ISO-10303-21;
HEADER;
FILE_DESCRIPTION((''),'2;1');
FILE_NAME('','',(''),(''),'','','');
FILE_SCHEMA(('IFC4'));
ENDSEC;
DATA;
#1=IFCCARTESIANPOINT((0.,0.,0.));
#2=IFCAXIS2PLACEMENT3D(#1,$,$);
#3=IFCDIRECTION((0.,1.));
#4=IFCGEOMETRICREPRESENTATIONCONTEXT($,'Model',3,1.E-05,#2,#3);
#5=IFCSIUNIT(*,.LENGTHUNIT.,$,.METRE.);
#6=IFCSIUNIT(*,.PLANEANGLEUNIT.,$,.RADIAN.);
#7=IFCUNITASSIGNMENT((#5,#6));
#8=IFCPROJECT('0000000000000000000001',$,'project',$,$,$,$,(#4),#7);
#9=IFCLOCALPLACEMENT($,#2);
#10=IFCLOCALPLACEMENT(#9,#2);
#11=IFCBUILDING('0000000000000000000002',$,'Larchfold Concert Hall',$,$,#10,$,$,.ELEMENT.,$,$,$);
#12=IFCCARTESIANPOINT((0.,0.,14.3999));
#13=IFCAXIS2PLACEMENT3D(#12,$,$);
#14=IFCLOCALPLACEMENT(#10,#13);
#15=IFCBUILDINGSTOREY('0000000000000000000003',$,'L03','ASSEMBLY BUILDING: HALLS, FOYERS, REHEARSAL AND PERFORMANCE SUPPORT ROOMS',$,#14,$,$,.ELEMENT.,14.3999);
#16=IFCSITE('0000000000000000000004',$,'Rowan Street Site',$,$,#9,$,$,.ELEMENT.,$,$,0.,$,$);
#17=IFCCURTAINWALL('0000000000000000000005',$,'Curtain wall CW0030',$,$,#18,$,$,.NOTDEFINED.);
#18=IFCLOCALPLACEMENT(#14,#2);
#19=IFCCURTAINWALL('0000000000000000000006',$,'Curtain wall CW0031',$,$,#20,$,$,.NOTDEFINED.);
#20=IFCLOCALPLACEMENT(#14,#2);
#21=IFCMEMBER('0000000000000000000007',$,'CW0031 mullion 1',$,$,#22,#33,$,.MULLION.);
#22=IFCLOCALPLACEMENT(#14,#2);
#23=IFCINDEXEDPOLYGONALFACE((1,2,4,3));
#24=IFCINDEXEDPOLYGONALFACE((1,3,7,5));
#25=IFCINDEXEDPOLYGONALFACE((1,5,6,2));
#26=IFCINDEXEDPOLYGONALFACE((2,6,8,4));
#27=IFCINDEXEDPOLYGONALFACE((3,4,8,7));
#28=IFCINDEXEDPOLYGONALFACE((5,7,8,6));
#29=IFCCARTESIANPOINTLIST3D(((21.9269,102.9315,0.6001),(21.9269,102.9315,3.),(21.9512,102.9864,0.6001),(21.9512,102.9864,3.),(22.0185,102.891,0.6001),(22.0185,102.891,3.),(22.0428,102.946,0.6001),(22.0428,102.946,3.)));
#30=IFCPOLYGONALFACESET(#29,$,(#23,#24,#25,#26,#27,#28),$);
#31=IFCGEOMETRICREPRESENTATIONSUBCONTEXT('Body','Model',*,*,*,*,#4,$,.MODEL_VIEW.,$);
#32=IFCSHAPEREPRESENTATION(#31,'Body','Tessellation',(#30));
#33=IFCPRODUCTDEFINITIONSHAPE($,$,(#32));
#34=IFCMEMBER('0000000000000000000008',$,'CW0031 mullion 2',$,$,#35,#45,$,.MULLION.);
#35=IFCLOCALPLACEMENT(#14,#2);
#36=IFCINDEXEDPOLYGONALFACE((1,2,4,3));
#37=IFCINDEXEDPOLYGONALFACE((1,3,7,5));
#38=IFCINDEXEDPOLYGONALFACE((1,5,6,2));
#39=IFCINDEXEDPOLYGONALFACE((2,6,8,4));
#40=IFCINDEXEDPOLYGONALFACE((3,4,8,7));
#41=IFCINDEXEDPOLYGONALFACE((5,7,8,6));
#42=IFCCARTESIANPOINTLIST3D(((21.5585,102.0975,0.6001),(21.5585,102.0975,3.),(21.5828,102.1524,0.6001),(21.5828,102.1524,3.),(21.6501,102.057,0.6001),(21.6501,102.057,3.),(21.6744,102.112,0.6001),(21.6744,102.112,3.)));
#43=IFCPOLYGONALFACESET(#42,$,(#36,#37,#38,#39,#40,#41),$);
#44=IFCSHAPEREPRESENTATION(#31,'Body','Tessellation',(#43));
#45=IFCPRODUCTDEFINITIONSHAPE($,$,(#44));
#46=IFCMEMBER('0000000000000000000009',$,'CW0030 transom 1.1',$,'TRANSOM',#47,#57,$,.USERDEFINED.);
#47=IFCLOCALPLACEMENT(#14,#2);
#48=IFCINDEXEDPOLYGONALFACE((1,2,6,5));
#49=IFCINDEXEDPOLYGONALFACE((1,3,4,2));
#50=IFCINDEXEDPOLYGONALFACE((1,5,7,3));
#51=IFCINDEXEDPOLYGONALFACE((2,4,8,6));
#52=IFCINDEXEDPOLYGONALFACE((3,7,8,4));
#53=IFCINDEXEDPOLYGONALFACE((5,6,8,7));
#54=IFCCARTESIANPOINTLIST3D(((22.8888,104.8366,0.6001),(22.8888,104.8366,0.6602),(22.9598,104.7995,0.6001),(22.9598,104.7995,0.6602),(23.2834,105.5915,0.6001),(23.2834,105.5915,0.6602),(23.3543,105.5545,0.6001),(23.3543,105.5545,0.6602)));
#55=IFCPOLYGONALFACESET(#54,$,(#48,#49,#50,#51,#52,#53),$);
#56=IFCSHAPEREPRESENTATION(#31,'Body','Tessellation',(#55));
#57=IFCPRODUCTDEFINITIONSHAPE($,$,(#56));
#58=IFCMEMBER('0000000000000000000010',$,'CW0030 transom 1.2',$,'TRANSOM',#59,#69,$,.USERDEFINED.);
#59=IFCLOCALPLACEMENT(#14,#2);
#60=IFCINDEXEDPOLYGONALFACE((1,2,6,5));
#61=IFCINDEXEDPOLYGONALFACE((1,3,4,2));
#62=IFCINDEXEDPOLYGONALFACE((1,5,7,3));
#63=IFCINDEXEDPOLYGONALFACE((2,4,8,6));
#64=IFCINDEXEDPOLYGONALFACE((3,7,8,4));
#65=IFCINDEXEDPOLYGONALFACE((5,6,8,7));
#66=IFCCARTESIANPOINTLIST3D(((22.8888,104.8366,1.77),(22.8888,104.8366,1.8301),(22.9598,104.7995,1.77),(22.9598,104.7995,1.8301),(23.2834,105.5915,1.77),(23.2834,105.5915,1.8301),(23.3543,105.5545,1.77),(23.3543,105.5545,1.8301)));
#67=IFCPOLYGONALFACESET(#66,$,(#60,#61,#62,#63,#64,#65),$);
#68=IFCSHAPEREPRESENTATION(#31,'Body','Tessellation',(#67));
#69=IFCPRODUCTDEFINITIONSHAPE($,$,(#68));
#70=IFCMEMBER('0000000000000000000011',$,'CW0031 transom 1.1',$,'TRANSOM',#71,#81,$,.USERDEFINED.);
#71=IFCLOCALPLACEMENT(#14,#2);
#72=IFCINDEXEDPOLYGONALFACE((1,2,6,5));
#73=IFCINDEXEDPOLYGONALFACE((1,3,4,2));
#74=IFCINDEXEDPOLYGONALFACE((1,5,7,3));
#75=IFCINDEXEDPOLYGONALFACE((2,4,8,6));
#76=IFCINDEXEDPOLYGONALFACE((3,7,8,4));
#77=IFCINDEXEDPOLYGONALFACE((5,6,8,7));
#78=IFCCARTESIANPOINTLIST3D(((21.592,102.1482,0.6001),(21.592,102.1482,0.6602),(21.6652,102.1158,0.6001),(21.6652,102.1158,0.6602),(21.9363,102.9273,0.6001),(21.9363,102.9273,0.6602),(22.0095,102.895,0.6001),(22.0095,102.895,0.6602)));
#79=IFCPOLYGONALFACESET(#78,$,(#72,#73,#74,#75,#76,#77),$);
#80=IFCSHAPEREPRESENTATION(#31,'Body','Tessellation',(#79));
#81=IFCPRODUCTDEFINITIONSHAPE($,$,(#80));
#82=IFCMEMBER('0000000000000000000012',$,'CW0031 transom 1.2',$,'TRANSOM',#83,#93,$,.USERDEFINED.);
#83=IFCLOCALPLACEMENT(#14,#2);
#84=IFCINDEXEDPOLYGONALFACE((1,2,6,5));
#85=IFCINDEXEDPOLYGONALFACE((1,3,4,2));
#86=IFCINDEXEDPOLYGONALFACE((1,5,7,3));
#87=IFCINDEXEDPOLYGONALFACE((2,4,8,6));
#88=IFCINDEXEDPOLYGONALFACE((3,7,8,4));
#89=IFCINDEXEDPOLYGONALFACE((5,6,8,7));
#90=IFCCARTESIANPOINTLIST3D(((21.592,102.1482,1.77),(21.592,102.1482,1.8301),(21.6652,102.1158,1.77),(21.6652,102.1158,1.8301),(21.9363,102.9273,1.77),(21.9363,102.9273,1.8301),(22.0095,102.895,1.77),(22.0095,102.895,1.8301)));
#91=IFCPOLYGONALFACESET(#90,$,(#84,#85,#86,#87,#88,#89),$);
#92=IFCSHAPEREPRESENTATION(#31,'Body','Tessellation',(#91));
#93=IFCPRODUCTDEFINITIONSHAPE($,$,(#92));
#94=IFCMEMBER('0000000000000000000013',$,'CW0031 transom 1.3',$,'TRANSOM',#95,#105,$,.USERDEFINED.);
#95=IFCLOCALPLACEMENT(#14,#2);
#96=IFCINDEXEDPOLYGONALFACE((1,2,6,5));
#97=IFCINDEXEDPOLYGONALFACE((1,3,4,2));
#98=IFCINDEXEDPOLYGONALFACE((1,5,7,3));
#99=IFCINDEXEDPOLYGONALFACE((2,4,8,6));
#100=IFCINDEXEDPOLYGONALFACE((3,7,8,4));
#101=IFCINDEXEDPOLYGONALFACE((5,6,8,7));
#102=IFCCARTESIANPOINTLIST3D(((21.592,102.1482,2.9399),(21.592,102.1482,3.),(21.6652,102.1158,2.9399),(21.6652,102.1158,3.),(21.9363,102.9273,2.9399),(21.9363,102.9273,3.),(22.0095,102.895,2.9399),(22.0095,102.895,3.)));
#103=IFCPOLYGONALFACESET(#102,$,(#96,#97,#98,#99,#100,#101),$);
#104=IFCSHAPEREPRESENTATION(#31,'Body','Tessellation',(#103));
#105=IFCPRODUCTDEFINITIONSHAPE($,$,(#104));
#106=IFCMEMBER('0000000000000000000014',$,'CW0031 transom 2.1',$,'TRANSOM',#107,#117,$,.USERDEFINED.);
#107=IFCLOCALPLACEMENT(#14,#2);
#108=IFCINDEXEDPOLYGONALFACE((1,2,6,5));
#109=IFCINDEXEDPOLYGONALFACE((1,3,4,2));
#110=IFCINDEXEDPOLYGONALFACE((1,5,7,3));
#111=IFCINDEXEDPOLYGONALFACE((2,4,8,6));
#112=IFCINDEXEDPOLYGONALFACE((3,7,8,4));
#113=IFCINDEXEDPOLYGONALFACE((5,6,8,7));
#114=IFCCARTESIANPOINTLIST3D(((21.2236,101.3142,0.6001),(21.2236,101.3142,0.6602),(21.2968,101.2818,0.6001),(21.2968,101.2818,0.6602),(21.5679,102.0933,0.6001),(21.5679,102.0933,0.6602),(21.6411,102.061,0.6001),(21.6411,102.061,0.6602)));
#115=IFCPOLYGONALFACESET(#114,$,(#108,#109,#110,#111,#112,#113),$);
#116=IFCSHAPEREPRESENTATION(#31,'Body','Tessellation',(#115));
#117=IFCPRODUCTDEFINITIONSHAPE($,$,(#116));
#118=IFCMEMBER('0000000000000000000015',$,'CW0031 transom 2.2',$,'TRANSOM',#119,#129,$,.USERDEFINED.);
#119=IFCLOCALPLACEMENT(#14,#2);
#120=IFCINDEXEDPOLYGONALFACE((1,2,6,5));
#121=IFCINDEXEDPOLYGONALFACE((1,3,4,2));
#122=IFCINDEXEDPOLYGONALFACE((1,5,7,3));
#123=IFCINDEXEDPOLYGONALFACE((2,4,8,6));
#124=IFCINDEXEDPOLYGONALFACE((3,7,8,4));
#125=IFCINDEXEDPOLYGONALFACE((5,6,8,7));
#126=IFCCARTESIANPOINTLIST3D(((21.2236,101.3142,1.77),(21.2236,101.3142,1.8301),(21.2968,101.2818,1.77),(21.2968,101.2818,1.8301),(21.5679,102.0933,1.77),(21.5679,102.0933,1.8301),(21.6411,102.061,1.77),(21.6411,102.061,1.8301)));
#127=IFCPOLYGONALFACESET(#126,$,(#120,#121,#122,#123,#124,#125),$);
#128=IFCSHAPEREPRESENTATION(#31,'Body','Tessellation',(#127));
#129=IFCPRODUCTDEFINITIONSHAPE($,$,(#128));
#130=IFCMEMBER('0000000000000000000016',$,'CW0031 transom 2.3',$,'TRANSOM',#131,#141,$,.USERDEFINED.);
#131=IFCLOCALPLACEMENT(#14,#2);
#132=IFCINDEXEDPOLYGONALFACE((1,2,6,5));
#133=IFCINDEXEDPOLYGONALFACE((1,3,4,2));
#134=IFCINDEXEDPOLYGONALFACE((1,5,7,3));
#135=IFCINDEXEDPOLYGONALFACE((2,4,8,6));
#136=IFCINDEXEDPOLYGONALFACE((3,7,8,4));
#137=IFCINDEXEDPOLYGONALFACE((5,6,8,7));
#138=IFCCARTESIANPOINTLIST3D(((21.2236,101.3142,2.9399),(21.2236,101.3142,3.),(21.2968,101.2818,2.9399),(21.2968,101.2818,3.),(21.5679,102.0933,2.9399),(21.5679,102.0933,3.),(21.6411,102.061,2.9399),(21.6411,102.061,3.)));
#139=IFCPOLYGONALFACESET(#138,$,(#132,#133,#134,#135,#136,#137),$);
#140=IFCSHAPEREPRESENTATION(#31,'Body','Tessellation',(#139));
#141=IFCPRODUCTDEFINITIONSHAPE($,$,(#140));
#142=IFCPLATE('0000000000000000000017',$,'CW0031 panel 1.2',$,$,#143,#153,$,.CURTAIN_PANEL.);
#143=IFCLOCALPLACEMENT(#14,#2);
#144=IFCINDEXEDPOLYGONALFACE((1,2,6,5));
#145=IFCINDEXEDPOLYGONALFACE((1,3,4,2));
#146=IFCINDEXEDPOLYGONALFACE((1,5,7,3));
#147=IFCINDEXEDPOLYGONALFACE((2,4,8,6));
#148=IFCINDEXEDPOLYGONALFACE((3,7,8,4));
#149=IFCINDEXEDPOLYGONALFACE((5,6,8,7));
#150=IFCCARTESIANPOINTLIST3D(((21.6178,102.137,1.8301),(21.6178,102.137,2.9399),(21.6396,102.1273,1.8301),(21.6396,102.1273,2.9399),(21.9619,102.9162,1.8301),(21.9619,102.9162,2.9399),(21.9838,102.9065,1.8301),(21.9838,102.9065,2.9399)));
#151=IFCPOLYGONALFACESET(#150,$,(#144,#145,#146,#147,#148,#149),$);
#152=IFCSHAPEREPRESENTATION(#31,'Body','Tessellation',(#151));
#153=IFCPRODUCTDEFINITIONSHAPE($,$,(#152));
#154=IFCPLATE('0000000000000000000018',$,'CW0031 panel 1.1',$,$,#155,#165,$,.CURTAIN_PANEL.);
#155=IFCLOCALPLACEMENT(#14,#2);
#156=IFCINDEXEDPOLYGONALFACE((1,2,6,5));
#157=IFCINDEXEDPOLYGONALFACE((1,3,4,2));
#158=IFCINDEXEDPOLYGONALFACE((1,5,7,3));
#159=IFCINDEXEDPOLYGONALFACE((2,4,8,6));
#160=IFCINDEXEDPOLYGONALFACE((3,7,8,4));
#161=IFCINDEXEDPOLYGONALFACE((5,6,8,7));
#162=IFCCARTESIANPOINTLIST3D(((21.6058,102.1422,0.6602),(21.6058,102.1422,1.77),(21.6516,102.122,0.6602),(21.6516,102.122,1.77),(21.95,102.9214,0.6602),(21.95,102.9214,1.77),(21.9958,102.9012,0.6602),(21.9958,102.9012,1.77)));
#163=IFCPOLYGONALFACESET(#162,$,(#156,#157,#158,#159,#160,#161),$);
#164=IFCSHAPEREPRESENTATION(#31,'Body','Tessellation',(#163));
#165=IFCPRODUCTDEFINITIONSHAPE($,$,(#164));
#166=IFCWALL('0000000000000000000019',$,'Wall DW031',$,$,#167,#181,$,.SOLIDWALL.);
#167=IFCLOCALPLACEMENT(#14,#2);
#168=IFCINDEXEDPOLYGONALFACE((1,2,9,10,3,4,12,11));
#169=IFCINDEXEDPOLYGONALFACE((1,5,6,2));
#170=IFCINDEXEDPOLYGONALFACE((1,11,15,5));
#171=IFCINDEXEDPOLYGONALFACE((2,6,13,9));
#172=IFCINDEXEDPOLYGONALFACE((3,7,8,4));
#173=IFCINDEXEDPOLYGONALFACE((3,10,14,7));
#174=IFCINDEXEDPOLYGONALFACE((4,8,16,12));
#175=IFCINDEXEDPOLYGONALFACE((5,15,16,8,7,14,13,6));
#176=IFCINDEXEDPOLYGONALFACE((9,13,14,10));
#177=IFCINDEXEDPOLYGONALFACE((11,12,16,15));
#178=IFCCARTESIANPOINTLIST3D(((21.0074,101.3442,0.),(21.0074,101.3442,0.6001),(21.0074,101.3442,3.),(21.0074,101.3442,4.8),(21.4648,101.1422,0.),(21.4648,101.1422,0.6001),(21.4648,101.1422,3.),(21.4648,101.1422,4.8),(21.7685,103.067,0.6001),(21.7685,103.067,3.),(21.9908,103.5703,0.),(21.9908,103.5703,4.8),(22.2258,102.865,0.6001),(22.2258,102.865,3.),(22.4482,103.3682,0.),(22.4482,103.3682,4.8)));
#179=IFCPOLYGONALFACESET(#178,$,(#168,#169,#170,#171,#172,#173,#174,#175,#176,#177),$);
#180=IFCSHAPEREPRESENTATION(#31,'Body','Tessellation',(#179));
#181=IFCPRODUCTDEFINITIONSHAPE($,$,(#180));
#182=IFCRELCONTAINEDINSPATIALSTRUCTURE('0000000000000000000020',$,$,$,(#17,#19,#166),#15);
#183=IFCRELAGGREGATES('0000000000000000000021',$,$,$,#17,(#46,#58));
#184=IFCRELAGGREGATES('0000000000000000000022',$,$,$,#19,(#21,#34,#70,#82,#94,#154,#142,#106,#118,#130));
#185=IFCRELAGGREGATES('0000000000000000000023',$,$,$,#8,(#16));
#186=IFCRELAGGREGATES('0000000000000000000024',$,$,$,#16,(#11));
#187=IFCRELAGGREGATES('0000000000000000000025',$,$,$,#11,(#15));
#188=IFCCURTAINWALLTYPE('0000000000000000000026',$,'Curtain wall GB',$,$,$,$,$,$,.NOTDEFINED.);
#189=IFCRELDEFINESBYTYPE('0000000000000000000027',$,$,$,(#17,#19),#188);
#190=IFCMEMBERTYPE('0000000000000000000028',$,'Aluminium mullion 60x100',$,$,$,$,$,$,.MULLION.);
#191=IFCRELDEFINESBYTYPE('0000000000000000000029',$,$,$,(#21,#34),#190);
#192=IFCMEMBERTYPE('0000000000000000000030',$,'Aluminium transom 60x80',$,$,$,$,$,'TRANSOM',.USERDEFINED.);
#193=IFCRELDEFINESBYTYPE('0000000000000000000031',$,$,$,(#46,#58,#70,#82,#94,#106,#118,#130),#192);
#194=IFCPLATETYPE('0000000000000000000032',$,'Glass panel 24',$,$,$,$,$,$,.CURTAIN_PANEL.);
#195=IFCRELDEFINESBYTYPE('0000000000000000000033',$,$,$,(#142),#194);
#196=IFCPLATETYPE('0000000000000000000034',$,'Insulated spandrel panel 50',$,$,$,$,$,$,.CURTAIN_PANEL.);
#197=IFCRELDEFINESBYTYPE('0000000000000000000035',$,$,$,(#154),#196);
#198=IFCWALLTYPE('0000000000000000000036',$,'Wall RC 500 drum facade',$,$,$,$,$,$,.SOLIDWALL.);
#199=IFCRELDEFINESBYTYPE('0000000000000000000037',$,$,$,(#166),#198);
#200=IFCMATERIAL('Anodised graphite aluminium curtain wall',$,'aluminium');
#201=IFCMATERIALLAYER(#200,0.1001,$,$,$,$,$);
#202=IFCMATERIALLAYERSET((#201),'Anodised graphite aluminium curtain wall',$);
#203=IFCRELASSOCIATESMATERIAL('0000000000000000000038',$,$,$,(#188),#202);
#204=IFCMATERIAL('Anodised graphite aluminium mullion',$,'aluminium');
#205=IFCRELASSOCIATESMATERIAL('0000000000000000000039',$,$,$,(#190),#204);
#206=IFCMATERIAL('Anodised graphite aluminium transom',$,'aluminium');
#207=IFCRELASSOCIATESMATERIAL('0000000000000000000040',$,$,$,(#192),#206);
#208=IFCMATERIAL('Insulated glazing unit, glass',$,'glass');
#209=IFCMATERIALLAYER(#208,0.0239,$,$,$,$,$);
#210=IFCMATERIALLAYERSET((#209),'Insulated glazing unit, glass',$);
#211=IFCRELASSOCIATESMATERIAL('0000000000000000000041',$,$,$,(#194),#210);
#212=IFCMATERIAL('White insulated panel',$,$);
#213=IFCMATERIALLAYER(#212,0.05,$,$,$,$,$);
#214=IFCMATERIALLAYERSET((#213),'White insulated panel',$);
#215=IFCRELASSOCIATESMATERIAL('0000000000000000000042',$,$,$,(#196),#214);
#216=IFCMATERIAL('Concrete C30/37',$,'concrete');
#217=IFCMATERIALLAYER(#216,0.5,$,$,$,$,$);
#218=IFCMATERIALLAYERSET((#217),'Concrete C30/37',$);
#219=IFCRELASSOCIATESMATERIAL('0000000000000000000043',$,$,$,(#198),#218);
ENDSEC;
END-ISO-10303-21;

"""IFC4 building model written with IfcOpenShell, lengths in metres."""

from ifc_helpers import new_model, si_unit, direction, frame, frame_2d, origin, origin_2d, place, context, subcontext, project, spatial, rectangle, extrude, material, layer, layer_set, material_profile, profile_set, type_object, element, fill, aggregate, save


model = new_model("IFC4")

# Units and contexts
model_context = context("Model", 3, precision=1e-05, world=origin(), true_north=direction((0.0, 1.0)))
body_context = subcontext(model_context, "Body", "Model", "MODEL_VIEW")
ifc_project = project(units=[si_unit("LENGTHUNIT", "METRE"), si_unit("PLANEANGLEUNIT", "RADIAN")], contexts=[model_context])

# Site, building, storey
site_placement = place(None, origin())
site = spatial("IfcSite", under=ifc_project, at=site_placement, Name="Rowan Street Site", CompositionType="ELEMENT", RefElevation=0.0)
building_placement = place(site_placement, origin())
building = spatial("IfcBuilding", under=site, at=building_placement, Name="Larchfold Concert Hall", CompositionType="ELEMENT")
storey_placement = place(building_placement, frame((0.0, 0.0, 14.3999)))
storey = spatial("IfcBuildingStorey", under=building, at=storey_placement, Name="L03", Description="ASSEMBLY BUILDING: HALLS, FOYERS, REHEARSAL AND PERFORMANCE SUPPORT ROOMS", CompositionType="ELEMENT", Elevation=14.3999)

# Curtain walls, members
ifc_material_1 = material(Name="Anodised graphite aluminium curtain wall", Category="aluminium")
ifc_layer_1 = layer(ifc_material_1, 0.1001)
ifc_layer_set_1 = layer_set([ifc_layer_1], Name="Anodised graphite aluminium curtain wall")
curtain_wall_type = type_object("IfcCurtainWallType", Name="Curtain wall GB", PredefinedType="NOTDEFINED", material=ifc_layer_set_1)
curtain_wall_1_placement = place(storey_placement, origin())
curtain_wall_1 = element("IfcCurtainWall", 1, at=curtain_wall_1_placement, inside=storey, type_object=curtain_wall_type, Name="Curtain wall CW0030", PredefinedType="NOTDEFINED")
ifc_material_2 = material(Name="Anodised graphite aluminium mullion", Category="aluminium")
ifc_material_profile_1 = material_profile(ifc_material_2, rectangle(XDim=0.1001, YDim=0.0601, at=origin_2d()))
ifc_profile_set_1 = profile_set([ifc_material_profile_1], Name="Anodised graphite aluminium mullion")
member_type_1 = type_object("IfcMemberType", Name="Aluminium mullion 60x100", PredefinedType="MULLION", material=ifc_profile_set_1)
curtain_wall_2_placement = place(storey_placement, origin())
curtain_wall_2 = element("IfcCurtainWall", 2, at=curtain_wall_2_placement, inside=storey, type_object=curtain_wall_type, Name="Curtain wall CW0031", PredefinedType="NOTDEFINED")
member_1_placement = place(storey_placement, frame((21.9849, 102.9387, 0.6001), z_axis=(0.0, 0.0, 1.0), x_axis=(0.914745, -0.404033, 0.0)))
member_1 = element("IfcMember", 3, at=member_1_placement, type_object=member_type_1, Name="CW0031 mullion 1", PredefinedType="MULLION", context=body_context, shape_type="SweptSolid", body=[
    extrude(rectangle(XDim=0.1001, YDim=0.0601, at=origin_2d()), origin(), (0.0, 0.0, 1.0), 2.3999),
])
member_2_placement = place(storey_placement, frame((21.6165, 102.1047, 0.6001), z_axis=(0.0, 0.0, 1.0), x_axis=(0.914745, -0.404033, 0.0)))
member_2 = element("IfcMember", 4, at=member_2_placement, type_object=member_type_1, Name="CW0031 mullion 2", PredefinedType="MULLION", context=body_context, shape_type="SweptSolid", body=[
    extrude(rectangle(XDim=0.1001, YDim=0.0601, at=origin_2d()), origin(), (0.0, 0.0, 1.0), 2.3999),
])

# Members
ifc_material_3 = material(Name="Anodised graphite aluminium transom", Category="aluminium")
ifc_material_profile_2 = material_profile(ifc_material_3, rectangle(XDim=0.0801, YDim=0.0601, at=origin_2d()))
ifc_profile_set_2 = profile_set([ifc_material_profile_2], Name="Anodised graphite aluminium transom")
member_type_2 = type_object("IfcMemberType", Name="Aluminium transom 60x80", ElementType="TRANSOM", PredefinedType="USERDEFINED", material=ifc_profile_set_2)
member_3_placement = place(storey_placement, frame((23.3188, 105.573, 0.6301), z_axis=(-0.463193, -0.886258, 0.0), x_axis=(0.886258, -0.463193, 0.0)))
member_3 = element("IfcMember", 5, at=member_3_placement, type_object=member_type_2, Name="CW0030 transom 1.1", ObjectType="TRANSOM", PredefinedType="USERDEFINED", context=body_context, shape_type="SweptSolid", body=[
    extrude(rectangle(XDim=0.0801, YDim=0.0601, at=origin_2d()), origin(), (0.0, 0.0, 1.0), 0.8518),
])
member_4_placement = place(storey_placement, frame((23.3188, 105.573, 1.8), z_axis=(-0.463193, -0.886258, 0.0), x_axis=(0.886258, -0.463193, 0.0)))
member_4 = element("IfcMember", 6, at=member_4_placement, type_object=member_type_2, Name="CW0030 transom 1.2", ObjectType="TRANSOM", PredefinedType="USERDEFINED", context=body_context, shape_type="SweptSolid", body=[
    extrude(rectangle(XDim=0.0801, YDim=0.0601, at=origin_2d()), origin(), (0.0, 0.0, 1.0), 0.8518),
])
member_5_placement = place(storey_placement, frame((21.9729, 102.9111, 0.6301), z_axis=(-0.404169, -0.914684, 0.0), x_axis=(0.914684, -0.404169, 0.0)))
member_5 = element("IfcMember", 7, at=member_5_placement, type_object=member_type_2, Name="CW0031 transom 1.1", ObjectType="TRANSOM", PredefinedType="USERDEFINED", context=body_context, shape_type="SweptSolid", body=[
    extrude(rectangle(XDim=0.0801, YDim=0.0601, at=origin_2d()), origin(), (0.0, 0.0, 1.0), 0.8518),
])
member_6_placement = place(storey_placement, frame((21.9729, 102.9111, 1.8), z_axis=(-0.404169, -0.914684, 0.0), x_axis=(0.914684, -0.404169, 0.0)))
member_6 = element("IfcMember", 8, at=member_6_placement, type_object=member_type_2, Name="CW0031 transom 1.2", ObjectType="TRANSOM", PredefinedType="USERDEFINED", context=body_context, shape_type="SweptSolid", body=[
    extrude(rectangle(XDim=0.0801, YDim=0.0601, at=origin_2d()), origin(), (0.0, 0.0, 1.0), 0.8518),
])
member_7_placement = place(storey_placement, frame((21.9729, 102.9111, 2.97), z_axis=(-0.404169, -0.914684, 0.0), x_axis=(0.914684, -0.404169, 0.0)))
member_7 = element("IfcMember", 9, at=member_7_placement, type_object=member_type_2, Name="CW0031 transom 1.3", ObjectType="TRANSOM", PredefinedType="USERDEFINED", context=body_context, shape_type="SweptSolid", body=[
    extrude(rectangle(XDim=0.0801, YDim=0.0601, at=origin_2d()), origin(), (0.0, 0.0, 1.0), 0.8518),
])
member_8_placement = place(storey_placement, frame((21.6045, 102.0771, 0.6301), z_axis=(-0.404169, -0.914684, 0.0), x_axis=(0.914684, -0.404169, 0.0)))
member_8 = element("IfcMember", 10, at=member_8_placement, type_object=member_type_2, Name="CW0031 transom 2.1", ObjectType="TRANSOM", PredefinedType="USERDEFINED", context=body_context, shape_type="SweptSolid", body=[
    extrude(rectangle(XDim=0.0801, YDim=0.0601, at=origin_2d()), origin(), (0.0, 0.0, 1.0), 0.8518),
])
member_9_placement = place(storey_placement, frame((21.6045, 102.0771, 1.8), z_axis=(-0.404169, -0.914684, 0.0), x_axis=(0.914684, -0.404169, 0.0)))
member_9 = element("IfcMember", 11, at=member_9_placement, type_object=member_type_2, Name="CW0031 transom 2.2", ObjectType="TRANSOM", PredefinedType="USERDEFINED", context=body_context, shape_type="SweptSolid", body=[
    extrude(rectangle(XDim=0.0801, YDim=0.0601, at=origin_2d()), origin(), (0.0, 0.0, 1.0), 0.8518),
])
member_10_placement = place(storey_placement, frame((21.6045, 102.0771, 2.97), z_axis=(-0.404169, -0.914684, 0.0), x_axis=(0.914684, -0.404169, 0.0)))
member_10 = element("IfcMember", 12, at=member_10_placement, type_object=member_type_2, Name="CW0031 transom 2.3", ObjectType="TRANSOM", PredefinedType="USERDEFINED", context=body_context, shape_type="SweptSolid", body=[
    extrude(rectangle(XDim=0.0801, YDim=0.0601, at=origin_2d()), origin(), (0.0, 0.0, 1.0), 0.8518),
])

# Plates
ifc_material_4 = material(Name="Insulated glazing unit, glass", Category="glass")
ifc_layer_2 = layer(ifc_material_4, 0.0239)
ifc_layer_set_2 = layer_set([ifc_layer_2], Name="Insulated glazing unit, glass")
plate_type_1 = type_object("IfcPlateType", Name="Glass panel 24", PredefinedType="CURTAIN_PANEL", material=ifc_layer_set_2)
plate_1_placement = place(storey_placement, frame((21.8008, 102.5217, 1.8301), z_axis=(0.0, 0.0, 1.0), x_axis=(-0.404033, -0.914745, 0.0)))
plate_1 = element("IfcPlate", 13, at=plate_1_placement, type_object=plate_type_1, Name="CW0031 panel 1.2", PredefinedType="CURTAIN_PANEL", context=body_context, shape_type="SweptSolid", body=[
    extrude(rectangle(XDim=0.8518, YDim=0.0239, at=origin_2d()), origin(), (0.0, 0.0, 1.0), 1.1099),
])
ifc_material_5 = material(Name="White insulated panel")
ifc_layer_3 = layer(ifc_material_5, 0.05)
ifc_layer_set_3 = layer_set([ifc_layer_3], Name="White insulated panel")
plate_type_2 = type_object("IfcPlateType", Name="Insulated spandrel panel 50", PredefinedType="CURTAIN_PANEL", material=ifc_layer_set_3)
aggregate(curtain_wall_1, [member_3, member_4])
plate_2_placement = place(storey_placement, frame((21.8008, 102.5217, 0.6602), z_axis=(0.0, 0.0, 1.0), x_axis=(-0.404033, -0.914745, 0.0)))
plate_2 = element("IfcPlate", 14, at=plate_2_placement, type_object=plate_type_2, Name="CW0031 panel 1.1", PredefinedType="CURTAIN_PANEL", context=body_context, shape_type="SweptSolid", body=[
    extrude(rectangle(XDim=0.8518, YDim=0.05, at=origin_2d()), origin(), (0.0, 0.0, 1.0), 1.1099),
])
aggregate(curtain_wall_2, [member_1, member_2, member_5, member_6, member_7, plate_2, plate_1, member_8, member_9, member_10])

# Wall, opening
ifc_material_6 = material(Name="Concrete C30/37", Category="concrete")
ifc_layer_4 = layer(ifc_material_6, 0.5)
ifc_layer_set_4 = layer_set([ifc_layer_4], Name="Concrete C30/37")
wall_type_1 = type_object("IfcWallType", Name="Wall RC 500 drum facade", PredefinedType="SOLIDWALL", material=ifc_layer_set_4)
wall_1_placement = place(storey_placement, frame((22.2195, 103.4692, 0.0), z_axis=(0.0, 0.0, 1.0), x_axis=(-0.40409, -0.914719, 0.0)))
wall_1 = element("IfcWall", 15, at=wall_1_placement, inside=storey, type_object=wall_type_1, Name="Wall DW031", PredefinedType="SOLIDWALL", context=body_context, shape_type="SweptSolid", body=[
    extrude(rectangle(XDim=2.4336, YDim=0.5, at=frame_2d((1.2168, 0.0))), origin(), (0.0, 0.0, 1.0), 4.8),
])
opening_placement = place(wall_1_placement, frame((0.55, 0.0, 0.6001)))
opening = element("IfcOpeningElement", 16, at=opening_placement, cuts=wall_1, PredefinedType="OPENING", context=body_context, shape_type="SweptSolid", body=[
    extrude(rectangle(XDim=1.8835, YDim=2.3999, at=frame_2d((0.9419, 1.2))), frame((0.0, 0.26, 0.0), z_axis=(0.0, -1.0, 0.0), x_axis=(1.0, 0.0, 0.0)), (0.0, 0.0, 1.0), 0.52),
])
fill(opening, curtain_wall_2)

save(model, "model.ifc")
